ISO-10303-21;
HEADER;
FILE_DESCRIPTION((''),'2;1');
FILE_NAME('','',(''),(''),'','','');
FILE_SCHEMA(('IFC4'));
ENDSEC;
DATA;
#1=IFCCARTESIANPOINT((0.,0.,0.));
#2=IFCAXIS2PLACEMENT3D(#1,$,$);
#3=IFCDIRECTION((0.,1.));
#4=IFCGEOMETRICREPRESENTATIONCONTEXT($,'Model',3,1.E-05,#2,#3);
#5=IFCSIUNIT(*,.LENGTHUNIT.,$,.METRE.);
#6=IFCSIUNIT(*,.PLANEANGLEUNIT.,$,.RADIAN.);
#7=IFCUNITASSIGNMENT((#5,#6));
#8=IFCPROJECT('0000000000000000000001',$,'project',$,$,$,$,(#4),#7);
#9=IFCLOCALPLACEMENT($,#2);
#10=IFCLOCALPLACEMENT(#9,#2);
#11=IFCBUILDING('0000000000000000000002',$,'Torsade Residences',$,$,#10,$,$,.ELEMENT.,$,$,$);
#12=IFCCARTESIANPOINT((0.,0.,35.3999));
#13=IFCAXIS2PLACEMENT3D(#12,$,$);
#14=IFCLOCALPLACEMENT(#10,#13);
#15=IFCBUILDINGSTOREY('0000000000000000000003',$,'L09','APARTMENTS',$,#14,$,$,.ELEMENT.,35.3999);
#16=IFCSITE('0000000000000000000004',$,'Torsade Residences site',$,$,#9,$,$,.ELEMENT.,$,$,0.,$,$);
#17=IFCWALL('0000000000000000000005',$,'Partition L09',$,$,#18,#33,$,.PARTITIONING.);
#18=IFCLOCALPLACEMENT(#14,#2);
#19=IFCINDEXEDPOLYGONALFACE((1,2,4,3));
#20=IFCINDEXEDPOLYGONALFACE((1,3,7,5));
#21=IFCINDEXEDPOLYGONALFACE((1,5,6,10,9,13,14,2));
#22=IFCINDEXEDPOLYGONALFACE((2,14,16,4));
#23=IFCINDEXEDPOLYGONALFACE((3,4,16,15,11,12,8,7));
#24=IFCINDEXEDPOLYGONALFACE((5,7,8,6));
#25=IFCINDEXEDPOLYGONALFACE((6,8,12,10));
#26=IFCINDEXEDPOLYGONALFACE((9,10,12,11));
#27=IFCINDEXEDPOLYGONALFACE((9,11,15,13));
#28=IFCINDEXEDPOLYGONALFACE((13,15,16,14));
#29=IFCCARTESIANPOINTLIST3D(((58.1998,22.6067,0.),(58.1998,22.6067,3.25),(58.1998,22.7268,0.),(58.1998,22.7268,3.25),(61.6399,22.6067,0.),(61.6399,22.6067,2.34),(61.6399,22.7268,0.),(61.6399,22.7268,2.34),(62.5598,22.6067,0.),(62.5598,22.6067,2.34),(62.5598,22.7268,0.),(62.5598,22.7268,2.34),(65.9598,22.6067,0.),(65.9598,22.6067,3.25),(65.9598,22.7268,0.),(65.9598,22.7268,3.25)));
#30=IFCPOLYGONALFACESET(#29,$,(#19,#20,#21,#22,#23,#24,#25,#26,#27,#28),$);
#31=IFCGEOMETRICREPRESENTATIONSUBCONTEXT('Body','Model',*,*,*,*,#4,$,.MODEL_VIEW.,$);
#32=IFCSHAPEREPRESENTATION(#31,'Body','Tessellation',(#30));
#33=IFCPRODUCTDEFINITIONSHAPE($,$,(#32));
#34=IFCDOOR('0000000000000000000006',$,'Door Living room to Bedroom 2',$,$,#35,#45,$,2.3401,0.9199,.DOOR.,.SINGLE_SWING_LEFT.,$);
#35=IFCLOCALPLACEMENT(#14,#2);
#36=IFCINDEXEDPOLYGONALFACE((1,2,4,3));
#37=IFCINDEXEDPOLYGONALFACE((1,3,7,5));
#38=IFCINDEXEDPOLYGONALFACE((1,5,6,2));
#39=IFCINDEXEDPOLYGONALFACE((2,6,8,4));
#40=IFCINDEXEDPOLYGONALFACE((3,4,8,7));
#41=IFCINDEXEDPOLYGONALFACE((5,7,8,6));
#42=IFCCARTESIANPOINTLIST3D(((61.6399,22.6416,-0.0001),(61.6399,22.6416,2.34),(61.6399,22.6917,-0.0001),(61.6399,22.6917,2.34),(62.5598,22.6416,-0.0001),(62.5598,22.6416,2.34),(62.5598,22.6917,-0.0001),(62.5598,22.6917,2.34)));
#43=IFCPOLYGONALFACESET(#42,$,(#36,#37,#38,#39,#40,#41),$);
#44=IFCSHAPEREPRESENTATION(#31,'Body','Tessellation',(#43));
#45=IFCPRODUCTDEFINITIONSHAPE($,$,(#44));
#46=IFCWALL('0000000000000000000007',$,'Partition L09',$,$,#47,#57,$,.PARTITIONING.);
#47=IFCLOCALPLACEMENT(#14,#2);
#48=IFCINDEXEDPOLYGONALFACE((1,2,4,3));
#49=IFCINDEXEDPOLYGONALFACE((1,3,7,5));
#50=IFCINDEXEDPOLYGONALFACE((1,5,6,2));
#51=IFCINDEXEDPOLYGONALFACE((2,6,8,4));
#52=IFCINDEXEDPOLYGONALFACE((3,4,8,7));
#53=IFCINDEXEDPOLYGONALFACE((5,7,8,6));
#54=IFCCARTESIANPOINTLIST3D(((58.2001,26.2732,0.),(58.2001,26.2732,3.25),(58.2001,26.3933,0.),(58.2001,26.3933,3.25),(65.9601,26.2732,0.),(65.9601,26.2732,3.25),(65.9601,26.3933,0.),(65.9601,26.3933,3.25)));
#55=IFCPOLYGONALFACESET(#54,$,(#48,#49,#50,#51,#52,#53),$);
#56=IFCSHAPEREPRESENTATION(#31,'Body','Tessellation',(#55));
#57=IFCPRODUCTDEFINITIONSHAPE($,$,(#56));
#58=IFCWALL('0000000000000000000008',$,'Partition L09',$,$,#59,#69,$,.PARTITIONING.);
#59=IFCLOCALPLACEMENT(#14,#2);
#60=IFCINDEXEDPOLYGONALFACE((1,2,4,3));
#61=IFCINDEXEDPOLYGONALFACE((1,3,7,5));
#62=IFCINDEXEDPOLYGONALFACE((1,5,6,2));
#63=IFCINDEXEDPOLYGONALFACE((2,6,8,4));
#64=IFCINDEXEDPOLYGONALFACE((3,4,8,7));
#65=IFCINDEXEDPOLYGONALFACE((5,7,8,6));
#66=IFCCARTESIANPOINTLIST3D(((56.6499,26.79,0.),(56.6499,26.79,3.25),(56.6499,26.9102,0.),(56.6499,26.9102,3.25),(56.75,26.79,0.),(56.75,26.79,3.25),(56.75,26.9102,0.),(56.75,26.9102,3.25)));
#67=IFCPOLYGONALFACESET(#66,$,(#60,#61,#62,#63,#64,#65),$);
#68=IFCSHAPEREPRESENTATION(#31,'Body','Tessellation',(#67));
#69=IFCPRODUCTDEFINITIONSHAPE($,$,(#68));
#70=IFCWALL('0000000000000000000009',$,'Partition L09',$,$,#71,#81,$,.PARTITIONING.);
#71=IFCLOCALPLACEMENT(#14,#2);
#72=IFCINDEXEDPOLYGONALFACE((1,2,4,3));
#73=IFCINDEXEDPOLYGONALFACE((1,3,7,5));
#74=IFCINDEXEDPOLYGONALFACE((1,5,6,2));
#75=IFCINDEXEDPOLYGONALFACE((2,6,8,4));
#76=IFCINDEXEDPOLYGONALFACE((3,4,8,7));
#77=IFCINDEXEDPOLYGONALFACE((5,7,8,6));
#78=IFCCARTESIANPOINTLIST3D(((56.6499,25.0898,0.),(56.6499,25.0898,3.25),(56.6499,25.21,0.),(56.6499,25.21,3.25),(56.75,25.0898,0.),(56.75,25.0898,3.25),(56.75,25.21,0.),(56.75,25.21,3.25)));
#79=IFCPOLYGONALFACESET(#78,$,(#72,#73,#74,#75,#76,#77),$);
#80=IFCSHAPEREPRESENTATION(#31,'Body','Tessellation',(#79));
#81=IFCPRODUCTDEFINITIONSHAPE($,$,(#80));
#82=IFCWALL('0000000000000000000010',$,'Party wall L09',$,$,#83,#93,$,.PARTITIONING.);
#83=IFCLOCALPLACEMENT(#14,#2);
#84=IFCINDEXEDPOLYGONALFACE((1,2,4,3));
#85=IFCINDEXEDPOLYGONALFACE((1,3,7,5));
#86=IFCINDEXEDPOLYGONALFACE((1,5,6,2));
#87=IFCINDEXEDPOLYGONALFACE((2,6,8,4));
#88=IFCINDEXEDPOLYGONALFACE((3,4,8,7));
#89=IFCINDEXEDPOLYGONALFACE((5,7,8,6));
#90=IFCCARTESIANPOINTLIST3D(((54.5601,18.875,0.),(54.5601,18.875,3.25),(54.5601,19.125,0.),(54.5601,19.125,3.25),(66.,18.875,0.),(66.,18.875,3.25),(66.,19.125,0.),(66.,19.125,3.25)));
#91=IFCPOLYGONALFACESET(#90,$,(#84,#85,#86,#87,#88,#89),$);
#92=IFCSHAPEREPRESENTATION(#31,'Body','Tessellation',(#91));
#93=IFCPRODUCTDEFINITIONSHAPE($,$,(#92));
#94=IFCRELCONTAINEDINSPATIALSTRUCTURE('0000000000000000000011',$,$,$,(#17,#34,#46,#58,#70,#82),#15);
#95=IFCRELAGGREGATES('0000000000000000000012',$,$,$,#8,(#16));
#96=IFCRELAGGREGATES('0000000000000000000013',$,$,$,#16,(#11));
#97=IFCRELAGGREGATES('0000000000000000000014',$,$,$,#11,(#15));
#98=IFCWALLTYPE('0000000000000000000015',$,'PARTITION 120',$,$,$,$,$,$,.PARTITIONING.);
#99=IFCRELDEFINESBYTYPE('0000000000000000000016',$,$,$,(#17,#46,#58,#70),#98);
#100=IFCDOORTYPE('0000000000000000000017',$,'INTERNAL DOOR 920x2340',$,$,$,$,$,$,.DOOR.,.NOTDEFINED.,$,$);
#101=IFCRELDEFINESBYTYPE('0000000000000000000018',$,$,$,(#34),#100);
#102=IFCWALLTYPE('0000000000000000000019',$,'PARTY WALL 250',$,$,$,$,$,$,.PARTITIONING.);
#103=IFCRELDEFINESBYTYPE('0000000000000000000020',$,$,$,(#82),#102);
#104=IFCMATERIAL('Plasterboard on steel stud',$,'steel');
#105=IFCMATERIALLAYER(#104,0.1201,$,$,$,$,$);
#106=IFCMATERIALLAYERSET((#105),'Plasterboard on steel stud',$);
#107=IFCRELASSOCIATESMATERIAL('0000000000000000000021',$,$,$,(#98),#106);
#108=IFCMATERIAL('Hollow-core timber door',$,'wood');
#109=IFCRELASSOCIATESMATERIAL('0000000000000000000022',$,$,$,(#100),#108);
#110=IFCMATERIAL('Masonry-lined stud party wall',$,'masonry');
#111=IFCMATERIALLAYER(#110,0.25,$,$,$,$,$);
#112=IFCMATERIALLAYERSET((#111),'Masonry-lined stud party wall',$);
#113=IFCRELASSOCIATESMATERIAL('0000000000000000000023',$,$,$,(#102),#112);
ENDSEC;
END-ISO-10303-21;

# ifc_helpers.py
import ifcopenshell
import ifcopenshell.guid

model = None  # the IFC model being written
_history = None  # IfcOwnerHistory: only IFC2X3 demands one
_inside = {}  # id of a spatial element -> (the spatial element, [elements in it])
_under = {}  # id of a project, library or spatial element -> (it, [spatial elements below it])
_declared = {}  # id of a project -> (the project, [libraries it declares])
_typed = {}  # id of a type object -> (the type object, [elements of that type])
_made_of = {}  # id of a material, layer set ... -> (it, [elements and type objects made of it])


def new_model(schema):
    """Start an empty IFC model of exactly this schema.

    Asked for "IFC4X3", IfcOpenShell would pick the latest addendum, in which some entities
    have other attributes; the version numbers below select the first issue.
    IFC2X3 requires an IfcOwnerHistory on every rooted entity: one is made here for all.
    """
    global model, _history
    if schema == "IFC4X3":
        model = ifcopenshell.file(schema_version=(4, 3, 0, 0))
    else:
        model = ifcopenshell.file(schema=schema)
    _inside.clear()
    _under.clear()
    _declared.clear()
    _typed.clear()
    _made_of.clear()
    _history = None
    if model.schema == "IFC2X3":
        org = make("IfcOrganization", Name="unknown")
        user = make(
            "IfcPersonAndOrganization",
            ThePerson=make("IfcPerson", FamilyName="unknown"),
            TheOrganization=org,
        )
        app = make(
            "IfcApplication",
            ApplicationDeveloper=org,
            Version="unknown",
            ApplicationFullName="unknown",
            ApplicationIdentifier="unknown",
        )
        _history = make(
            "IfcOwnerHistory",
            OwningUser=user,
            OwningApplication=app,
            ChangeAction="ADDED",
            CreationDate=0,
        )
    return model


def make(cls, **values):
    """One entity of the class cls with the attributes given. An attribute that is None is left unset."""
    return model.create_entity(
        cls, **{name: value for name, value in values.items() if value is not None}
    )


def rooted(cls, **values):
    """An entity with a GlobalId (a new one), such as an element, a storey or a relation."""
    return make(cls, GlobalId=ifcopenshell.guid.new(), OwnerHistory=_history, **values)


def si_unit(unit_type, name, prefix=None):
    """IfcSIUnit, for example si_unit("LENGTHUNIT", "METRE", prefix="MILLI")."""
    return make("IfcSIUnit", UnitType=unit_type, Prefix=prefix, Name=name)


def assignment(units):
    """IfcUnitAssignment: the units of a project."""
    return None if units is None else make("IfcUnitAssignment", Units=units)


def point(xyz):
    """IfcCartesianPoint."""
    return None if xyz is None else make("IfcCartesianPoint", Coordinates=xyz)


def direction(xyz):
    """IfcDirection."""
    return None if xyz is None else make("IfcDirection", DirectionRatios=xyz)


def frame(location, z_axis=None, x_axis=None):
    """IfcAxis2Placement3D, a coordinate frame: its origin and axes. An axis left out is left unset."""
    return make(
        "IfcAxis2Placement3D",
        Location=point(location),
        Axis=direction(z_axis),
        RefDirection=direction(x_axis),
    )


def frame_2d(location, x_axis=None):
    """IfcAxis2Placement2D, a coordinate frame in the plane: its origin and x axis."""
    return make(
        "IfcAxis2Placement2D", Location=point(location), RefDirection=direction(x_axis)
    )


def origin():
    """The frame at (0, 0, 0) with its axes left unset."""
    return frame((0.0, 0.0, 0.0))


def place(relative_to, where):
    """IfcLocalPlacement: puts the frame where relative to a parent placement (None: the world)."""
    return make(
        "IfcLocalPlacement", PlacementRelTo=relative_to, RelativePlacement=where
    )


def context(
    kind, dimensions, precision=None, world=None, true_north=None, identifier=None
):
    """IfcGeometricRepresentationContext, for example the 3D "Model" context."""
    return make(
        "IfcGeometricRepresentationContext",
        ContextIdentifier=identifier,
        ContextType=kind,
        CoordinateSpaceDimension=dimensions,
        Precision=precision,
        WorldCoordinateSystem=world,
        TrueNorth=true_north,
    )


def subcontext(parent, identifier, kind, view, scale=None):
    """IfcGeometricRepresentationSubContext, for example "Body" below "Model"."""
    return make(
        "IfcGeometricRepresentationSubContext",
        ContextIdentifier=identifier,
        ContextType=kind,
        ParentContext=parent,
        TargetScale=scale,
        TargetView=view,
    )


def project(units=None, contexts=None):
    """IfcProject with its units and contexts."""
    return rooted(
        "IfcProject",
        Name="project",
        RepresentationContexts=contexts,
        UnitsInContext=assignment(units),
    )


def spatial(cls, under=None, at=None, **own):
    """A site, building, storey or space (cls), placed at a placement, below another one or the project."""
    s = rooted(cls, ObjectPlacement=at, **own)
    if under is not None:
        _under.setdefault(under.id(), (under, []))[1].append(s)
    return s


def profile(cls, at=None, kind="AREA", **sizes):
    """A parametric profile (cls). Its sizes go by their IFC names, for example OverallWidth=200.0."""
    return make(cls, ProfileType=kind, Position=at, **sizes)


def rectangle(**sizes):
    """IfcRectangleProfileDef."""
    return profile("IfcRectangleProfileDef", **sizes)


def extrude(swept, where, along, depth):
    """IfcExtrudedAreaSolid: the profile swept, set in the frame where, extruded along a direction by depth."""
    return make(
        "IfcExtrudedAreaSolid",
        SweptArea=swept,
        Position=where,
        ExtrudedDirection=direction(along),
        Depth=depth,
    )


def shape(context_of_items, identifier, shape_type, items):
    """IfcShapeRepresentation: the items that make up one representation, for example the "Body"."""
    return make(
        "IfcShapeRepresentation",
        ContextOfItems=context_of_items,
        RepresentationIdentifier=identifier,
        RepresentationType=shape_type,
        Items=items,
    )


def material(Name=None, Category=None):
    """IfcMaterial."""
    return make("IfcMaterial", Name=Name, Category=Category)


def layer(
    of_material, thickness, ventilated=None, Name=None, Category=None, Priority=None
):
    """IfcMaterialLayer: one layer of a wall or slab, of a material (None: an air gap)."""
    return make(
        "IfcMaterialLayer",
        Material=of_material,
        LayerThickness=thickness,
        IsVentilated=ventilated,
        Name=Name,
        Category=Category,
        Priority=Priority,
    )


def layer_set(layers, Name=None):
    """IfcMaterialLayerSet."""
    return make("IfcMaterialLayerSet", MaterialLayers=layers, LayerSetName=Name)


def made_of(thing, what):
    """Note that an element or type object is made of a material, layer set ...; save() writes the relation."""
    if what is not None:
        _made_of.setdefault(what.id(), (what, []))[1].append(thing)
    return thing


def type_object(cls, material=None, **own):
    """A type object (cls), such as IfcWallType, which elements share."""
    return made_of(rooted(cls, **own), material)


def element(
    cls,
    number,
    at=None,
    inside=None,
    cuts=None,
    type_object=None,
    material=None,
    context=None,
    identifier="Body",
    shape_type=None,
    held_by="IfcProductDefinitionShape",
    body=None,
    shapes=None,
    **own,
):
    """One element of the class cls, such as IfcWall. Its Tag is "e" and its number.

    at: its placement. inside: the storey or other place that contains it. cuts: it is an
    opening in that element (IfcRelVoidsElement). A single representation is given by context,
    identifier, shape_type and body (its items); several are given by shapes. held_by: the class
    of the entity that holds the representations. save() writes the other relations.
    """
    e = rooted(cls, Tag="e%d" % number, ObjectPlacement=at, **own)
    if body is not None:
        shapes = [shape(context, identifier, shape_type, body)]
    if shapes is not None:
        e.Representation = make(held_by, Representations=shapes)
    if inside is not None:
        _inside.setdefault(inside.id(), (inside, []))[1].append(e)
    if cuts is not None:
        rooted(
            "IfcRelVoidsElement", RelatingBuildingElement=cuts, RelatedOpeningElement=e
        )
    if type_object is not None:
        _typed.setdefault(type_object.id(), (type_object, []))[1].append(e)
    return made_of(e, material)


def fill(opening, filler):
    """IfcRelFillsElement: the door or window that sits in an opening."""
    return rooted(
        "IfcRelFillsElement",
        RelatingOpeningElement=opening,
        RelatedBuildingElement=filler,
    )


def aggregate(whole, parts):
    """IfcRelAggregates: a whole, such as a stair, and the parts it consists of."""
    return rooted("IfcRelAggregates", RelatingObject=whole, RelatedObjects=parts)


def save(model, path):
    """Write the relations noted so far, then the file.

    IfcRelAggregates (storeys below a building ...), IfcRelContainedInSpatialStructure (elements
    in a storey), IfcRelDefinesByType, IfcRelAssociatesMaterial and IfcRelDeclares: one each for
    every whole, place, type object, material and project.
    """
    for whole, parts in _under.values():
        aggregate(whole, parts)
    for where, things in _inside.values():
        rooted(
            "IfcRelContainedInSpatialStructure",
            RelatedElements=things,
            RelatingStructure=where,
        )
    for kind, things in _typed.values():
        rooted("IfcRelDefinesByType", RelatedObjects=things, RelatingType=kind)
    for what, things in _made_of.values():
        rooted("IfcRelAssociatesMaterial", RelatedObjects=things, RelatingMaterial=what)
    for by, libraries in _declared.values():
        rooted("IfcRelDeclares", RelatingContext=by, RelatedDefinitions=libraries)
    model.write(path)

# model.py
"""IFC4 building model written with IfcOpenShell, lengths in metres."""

from ifc_helpers import new_model, si_unit, direction, frame, frame_2d, origin, place, context, subcontext, project, spatial, rectangle, extrude, material, layer, layer_set, type_object, element, fill, save


model = new_model("IFC4")

# Units and contexts
model_context = context("Model", 3, precision=1e-05, world=origin(), true_north=direction((0.0, 1.0)))
body_context = subcontext(model_context, "Body", "Model", "MODEL_VIEW")
ifc_project = project(units=[si_unit("LENGTHUNIT", "METRE"), si_unit("PLANEANGLEUNIT", "RADIAN")], contexts=[model_context])

# Site, building, storey
site_placement = place(None, origin())
site = spatial("IfcSite", under=ifc_project, at=site_placement, Name="Torsade Residences site", CompositionType="ELEMENT", RefElevation=0.0)
building_placement = place(site_placement, origin())
building = spatial("IfcBuilding", under=site, at=building_placement, Name="Torsade Residences", CompositionType="ELEMENT")
storey_placement = place(building_placement, frame((0.0, 0.0, 35.3999)))
storey = spatial("IfcBuildingStorey", under=building, at=storey_placement, Name="L09", Description="APARTMENTS", CompositionType="ELEMENT", Elevation=35.3999)

# Shared definitions
ifc_material_1 = material(Name="Plasterboard on steel stud", Category="steel")
ifc_layer_1 = layer(ifc_material_1, 0.1201)
ifc_layer_set_1 = layer_set([ifc_layer_1], Name="Plasterboard on steel stud")
wall_type_1 = type_object("IfcWallType", Name="PARTITION 120", PredefinedType="PARTITIONING", material=ifc_layer_set_1)
ifc_material_2 = material(Name="Hollow-core timber door", Category="wood")
door_type_1 = type_object("IfcDoorType", Name="INTERNAL DOOR 920x2340", OperationType="NOTDEFINED", PredefinedType="DOOR", material=ifc_material_2)

# Wall, opening, door
wall_1_placement = place(storey_placement, frame((58.2, 22.6667, 0.0), z_axis=(0.0, 0.0, 1.0), x_axis=(1.0, 0.0, 0.0)))
wall_1 = element("IfcWall", 1, at=wall_1_placement, inside=storey, type_object=wall_type_1, Name="Partition L09", PredefinedType="PARTITIONING", context=body_context, shape_type="SweptSolid", body=[
    extrude(rectangle(XDim=7.76, YDim=0.1201, at=frame_2d((3.8799, 0.0))), origin(), (0.0, 0.0, 1.0), 3.25),
])
opening_1_placement = place(wall_1_placement, frame((3.4399, 0.0, 0.0)))
opening_1 = element("IfcOpeningElement", 2, at=opening_1_placement, cuts=wall_1, PredefinedType="OPENING", context=body_context, shape_type="SweptSolid", body=[
    extrude(rectangle(XDim=0.9199, YDim=2.3401, at=frame_2d((0.46, 1.1699))), frame((0.0, 0.0701, 0.0), z_axis=(0.0, -1.0, 0.0), x_axis=(1.0, 0.0, 0.0)), (0.0, 0.0, 1.0), 0.1401),
])
door_1_placement = place(opening_1_placement, origin())
door_1 = element("IfcDoor", 3, at=door_1_placement, inside=storey, type_object=door_type_1, Name="Door Living room to Bedroom 2", OperationType="SINGLE_SWING_LEFT", OverallHeight=2.3401, OverallWidth=0.9199, PredefinedType="DOOR", context=body_context, shape_type="SweptSolid", body=[
    extrude(rectangle(XDim=0.9199, YDim=2.3401, at=frame_2d((0.46, 1.1699))), frame((0.0, 0.0249, 0.0), z_axis=(0.0, -1.0, 0.0), x_axis=(1.0, 0.0, 0.0)), (0.0, 0.0, 1.0), 0.05),
])
fill(opening_1, door_1)

# Walls
wall_2_placement = place(storey_placement, frame((65.96, 26.3333, 0.0), z_axis=(0.0, 0.0, 1.0), x_axis=(-1.0, 0.0, 0.0)))
element("IfcWall", 4, at=wall_2_placement, inside=storey, type_object=wall_type_1, Name="Partition L09", PredefinedType="PARTITIONING", context=body_context, shape_type="SweptSolid", body=[
    extrude(rectangle(XDim=7.76, YDim=0.1201, at=frame_2d((3.8799, 0.0))), origin(), (0.0, 0.0, 1.0), 3.25),
])
for number, where, z_axis, x_axis, name in (
    (5, (56.6499, 26.8501, 0.0), (0.0, 0.0, 1.0), (1.0, 0.0, 0.0), "Partition L09"),
    (6, (56.6499, 25.1499, 0.0), (0.0, 0.0, 1.0), (1.0, 0.0, 0.0), "Partition L09"),
):
    element("IfcWall", number, at=place(storey_placement, frame(where, z_axis=z_axis, x_axis=x_axis)), inside=storey, type_object=wall_type_1, Name=name, PredefinedType="PARTITIONING", context=body_context, shape_type="SweptSolid", body=[
        extrude(rectangle(XDim=0.1001, YDim=0.1201, at=frame_2d((0.05, 0.0))), origin(), (0.0, 0.0, 1.0), 3.25),
    ])
ifc_material_3 = material(Name="Masonry-lined stud party wall", Category="masonry")
ifc_layer_2 = layer(ifc_material_3, 0.25)
ifc_layer_set_2 = layer_set([ifc_layer_2], Name="Masonry-lined stud party wall")
wall_type_2 = type_object("IfcWallType", Name="PARTY WALL 250", PredefinedType="PARTITIONING", material=ifc_layer_set_2)
wall_3_placement = place(storey_placement, frame((66.0, 19.0, 0.0), z_axis=(0.0, 0.0, 1.0), x_axis=(-1.0, 0.0, 0.0)))
element("IfcWall", 7, at=wall_3_placement, inside=storey, type_object=wall_type_2, Name="Party wall L09", PredefinedType="PARTITIONING", context=body_context, shape_type="SweptSolid", body=[
    extrude(rectangle(XDim=11.4399, YDim=0.25, at=frame_2d((5.72, 0.0))), origin(), (0.0, 0.0, 1.0), 3.25),
])

save(model, "model.ifc")
